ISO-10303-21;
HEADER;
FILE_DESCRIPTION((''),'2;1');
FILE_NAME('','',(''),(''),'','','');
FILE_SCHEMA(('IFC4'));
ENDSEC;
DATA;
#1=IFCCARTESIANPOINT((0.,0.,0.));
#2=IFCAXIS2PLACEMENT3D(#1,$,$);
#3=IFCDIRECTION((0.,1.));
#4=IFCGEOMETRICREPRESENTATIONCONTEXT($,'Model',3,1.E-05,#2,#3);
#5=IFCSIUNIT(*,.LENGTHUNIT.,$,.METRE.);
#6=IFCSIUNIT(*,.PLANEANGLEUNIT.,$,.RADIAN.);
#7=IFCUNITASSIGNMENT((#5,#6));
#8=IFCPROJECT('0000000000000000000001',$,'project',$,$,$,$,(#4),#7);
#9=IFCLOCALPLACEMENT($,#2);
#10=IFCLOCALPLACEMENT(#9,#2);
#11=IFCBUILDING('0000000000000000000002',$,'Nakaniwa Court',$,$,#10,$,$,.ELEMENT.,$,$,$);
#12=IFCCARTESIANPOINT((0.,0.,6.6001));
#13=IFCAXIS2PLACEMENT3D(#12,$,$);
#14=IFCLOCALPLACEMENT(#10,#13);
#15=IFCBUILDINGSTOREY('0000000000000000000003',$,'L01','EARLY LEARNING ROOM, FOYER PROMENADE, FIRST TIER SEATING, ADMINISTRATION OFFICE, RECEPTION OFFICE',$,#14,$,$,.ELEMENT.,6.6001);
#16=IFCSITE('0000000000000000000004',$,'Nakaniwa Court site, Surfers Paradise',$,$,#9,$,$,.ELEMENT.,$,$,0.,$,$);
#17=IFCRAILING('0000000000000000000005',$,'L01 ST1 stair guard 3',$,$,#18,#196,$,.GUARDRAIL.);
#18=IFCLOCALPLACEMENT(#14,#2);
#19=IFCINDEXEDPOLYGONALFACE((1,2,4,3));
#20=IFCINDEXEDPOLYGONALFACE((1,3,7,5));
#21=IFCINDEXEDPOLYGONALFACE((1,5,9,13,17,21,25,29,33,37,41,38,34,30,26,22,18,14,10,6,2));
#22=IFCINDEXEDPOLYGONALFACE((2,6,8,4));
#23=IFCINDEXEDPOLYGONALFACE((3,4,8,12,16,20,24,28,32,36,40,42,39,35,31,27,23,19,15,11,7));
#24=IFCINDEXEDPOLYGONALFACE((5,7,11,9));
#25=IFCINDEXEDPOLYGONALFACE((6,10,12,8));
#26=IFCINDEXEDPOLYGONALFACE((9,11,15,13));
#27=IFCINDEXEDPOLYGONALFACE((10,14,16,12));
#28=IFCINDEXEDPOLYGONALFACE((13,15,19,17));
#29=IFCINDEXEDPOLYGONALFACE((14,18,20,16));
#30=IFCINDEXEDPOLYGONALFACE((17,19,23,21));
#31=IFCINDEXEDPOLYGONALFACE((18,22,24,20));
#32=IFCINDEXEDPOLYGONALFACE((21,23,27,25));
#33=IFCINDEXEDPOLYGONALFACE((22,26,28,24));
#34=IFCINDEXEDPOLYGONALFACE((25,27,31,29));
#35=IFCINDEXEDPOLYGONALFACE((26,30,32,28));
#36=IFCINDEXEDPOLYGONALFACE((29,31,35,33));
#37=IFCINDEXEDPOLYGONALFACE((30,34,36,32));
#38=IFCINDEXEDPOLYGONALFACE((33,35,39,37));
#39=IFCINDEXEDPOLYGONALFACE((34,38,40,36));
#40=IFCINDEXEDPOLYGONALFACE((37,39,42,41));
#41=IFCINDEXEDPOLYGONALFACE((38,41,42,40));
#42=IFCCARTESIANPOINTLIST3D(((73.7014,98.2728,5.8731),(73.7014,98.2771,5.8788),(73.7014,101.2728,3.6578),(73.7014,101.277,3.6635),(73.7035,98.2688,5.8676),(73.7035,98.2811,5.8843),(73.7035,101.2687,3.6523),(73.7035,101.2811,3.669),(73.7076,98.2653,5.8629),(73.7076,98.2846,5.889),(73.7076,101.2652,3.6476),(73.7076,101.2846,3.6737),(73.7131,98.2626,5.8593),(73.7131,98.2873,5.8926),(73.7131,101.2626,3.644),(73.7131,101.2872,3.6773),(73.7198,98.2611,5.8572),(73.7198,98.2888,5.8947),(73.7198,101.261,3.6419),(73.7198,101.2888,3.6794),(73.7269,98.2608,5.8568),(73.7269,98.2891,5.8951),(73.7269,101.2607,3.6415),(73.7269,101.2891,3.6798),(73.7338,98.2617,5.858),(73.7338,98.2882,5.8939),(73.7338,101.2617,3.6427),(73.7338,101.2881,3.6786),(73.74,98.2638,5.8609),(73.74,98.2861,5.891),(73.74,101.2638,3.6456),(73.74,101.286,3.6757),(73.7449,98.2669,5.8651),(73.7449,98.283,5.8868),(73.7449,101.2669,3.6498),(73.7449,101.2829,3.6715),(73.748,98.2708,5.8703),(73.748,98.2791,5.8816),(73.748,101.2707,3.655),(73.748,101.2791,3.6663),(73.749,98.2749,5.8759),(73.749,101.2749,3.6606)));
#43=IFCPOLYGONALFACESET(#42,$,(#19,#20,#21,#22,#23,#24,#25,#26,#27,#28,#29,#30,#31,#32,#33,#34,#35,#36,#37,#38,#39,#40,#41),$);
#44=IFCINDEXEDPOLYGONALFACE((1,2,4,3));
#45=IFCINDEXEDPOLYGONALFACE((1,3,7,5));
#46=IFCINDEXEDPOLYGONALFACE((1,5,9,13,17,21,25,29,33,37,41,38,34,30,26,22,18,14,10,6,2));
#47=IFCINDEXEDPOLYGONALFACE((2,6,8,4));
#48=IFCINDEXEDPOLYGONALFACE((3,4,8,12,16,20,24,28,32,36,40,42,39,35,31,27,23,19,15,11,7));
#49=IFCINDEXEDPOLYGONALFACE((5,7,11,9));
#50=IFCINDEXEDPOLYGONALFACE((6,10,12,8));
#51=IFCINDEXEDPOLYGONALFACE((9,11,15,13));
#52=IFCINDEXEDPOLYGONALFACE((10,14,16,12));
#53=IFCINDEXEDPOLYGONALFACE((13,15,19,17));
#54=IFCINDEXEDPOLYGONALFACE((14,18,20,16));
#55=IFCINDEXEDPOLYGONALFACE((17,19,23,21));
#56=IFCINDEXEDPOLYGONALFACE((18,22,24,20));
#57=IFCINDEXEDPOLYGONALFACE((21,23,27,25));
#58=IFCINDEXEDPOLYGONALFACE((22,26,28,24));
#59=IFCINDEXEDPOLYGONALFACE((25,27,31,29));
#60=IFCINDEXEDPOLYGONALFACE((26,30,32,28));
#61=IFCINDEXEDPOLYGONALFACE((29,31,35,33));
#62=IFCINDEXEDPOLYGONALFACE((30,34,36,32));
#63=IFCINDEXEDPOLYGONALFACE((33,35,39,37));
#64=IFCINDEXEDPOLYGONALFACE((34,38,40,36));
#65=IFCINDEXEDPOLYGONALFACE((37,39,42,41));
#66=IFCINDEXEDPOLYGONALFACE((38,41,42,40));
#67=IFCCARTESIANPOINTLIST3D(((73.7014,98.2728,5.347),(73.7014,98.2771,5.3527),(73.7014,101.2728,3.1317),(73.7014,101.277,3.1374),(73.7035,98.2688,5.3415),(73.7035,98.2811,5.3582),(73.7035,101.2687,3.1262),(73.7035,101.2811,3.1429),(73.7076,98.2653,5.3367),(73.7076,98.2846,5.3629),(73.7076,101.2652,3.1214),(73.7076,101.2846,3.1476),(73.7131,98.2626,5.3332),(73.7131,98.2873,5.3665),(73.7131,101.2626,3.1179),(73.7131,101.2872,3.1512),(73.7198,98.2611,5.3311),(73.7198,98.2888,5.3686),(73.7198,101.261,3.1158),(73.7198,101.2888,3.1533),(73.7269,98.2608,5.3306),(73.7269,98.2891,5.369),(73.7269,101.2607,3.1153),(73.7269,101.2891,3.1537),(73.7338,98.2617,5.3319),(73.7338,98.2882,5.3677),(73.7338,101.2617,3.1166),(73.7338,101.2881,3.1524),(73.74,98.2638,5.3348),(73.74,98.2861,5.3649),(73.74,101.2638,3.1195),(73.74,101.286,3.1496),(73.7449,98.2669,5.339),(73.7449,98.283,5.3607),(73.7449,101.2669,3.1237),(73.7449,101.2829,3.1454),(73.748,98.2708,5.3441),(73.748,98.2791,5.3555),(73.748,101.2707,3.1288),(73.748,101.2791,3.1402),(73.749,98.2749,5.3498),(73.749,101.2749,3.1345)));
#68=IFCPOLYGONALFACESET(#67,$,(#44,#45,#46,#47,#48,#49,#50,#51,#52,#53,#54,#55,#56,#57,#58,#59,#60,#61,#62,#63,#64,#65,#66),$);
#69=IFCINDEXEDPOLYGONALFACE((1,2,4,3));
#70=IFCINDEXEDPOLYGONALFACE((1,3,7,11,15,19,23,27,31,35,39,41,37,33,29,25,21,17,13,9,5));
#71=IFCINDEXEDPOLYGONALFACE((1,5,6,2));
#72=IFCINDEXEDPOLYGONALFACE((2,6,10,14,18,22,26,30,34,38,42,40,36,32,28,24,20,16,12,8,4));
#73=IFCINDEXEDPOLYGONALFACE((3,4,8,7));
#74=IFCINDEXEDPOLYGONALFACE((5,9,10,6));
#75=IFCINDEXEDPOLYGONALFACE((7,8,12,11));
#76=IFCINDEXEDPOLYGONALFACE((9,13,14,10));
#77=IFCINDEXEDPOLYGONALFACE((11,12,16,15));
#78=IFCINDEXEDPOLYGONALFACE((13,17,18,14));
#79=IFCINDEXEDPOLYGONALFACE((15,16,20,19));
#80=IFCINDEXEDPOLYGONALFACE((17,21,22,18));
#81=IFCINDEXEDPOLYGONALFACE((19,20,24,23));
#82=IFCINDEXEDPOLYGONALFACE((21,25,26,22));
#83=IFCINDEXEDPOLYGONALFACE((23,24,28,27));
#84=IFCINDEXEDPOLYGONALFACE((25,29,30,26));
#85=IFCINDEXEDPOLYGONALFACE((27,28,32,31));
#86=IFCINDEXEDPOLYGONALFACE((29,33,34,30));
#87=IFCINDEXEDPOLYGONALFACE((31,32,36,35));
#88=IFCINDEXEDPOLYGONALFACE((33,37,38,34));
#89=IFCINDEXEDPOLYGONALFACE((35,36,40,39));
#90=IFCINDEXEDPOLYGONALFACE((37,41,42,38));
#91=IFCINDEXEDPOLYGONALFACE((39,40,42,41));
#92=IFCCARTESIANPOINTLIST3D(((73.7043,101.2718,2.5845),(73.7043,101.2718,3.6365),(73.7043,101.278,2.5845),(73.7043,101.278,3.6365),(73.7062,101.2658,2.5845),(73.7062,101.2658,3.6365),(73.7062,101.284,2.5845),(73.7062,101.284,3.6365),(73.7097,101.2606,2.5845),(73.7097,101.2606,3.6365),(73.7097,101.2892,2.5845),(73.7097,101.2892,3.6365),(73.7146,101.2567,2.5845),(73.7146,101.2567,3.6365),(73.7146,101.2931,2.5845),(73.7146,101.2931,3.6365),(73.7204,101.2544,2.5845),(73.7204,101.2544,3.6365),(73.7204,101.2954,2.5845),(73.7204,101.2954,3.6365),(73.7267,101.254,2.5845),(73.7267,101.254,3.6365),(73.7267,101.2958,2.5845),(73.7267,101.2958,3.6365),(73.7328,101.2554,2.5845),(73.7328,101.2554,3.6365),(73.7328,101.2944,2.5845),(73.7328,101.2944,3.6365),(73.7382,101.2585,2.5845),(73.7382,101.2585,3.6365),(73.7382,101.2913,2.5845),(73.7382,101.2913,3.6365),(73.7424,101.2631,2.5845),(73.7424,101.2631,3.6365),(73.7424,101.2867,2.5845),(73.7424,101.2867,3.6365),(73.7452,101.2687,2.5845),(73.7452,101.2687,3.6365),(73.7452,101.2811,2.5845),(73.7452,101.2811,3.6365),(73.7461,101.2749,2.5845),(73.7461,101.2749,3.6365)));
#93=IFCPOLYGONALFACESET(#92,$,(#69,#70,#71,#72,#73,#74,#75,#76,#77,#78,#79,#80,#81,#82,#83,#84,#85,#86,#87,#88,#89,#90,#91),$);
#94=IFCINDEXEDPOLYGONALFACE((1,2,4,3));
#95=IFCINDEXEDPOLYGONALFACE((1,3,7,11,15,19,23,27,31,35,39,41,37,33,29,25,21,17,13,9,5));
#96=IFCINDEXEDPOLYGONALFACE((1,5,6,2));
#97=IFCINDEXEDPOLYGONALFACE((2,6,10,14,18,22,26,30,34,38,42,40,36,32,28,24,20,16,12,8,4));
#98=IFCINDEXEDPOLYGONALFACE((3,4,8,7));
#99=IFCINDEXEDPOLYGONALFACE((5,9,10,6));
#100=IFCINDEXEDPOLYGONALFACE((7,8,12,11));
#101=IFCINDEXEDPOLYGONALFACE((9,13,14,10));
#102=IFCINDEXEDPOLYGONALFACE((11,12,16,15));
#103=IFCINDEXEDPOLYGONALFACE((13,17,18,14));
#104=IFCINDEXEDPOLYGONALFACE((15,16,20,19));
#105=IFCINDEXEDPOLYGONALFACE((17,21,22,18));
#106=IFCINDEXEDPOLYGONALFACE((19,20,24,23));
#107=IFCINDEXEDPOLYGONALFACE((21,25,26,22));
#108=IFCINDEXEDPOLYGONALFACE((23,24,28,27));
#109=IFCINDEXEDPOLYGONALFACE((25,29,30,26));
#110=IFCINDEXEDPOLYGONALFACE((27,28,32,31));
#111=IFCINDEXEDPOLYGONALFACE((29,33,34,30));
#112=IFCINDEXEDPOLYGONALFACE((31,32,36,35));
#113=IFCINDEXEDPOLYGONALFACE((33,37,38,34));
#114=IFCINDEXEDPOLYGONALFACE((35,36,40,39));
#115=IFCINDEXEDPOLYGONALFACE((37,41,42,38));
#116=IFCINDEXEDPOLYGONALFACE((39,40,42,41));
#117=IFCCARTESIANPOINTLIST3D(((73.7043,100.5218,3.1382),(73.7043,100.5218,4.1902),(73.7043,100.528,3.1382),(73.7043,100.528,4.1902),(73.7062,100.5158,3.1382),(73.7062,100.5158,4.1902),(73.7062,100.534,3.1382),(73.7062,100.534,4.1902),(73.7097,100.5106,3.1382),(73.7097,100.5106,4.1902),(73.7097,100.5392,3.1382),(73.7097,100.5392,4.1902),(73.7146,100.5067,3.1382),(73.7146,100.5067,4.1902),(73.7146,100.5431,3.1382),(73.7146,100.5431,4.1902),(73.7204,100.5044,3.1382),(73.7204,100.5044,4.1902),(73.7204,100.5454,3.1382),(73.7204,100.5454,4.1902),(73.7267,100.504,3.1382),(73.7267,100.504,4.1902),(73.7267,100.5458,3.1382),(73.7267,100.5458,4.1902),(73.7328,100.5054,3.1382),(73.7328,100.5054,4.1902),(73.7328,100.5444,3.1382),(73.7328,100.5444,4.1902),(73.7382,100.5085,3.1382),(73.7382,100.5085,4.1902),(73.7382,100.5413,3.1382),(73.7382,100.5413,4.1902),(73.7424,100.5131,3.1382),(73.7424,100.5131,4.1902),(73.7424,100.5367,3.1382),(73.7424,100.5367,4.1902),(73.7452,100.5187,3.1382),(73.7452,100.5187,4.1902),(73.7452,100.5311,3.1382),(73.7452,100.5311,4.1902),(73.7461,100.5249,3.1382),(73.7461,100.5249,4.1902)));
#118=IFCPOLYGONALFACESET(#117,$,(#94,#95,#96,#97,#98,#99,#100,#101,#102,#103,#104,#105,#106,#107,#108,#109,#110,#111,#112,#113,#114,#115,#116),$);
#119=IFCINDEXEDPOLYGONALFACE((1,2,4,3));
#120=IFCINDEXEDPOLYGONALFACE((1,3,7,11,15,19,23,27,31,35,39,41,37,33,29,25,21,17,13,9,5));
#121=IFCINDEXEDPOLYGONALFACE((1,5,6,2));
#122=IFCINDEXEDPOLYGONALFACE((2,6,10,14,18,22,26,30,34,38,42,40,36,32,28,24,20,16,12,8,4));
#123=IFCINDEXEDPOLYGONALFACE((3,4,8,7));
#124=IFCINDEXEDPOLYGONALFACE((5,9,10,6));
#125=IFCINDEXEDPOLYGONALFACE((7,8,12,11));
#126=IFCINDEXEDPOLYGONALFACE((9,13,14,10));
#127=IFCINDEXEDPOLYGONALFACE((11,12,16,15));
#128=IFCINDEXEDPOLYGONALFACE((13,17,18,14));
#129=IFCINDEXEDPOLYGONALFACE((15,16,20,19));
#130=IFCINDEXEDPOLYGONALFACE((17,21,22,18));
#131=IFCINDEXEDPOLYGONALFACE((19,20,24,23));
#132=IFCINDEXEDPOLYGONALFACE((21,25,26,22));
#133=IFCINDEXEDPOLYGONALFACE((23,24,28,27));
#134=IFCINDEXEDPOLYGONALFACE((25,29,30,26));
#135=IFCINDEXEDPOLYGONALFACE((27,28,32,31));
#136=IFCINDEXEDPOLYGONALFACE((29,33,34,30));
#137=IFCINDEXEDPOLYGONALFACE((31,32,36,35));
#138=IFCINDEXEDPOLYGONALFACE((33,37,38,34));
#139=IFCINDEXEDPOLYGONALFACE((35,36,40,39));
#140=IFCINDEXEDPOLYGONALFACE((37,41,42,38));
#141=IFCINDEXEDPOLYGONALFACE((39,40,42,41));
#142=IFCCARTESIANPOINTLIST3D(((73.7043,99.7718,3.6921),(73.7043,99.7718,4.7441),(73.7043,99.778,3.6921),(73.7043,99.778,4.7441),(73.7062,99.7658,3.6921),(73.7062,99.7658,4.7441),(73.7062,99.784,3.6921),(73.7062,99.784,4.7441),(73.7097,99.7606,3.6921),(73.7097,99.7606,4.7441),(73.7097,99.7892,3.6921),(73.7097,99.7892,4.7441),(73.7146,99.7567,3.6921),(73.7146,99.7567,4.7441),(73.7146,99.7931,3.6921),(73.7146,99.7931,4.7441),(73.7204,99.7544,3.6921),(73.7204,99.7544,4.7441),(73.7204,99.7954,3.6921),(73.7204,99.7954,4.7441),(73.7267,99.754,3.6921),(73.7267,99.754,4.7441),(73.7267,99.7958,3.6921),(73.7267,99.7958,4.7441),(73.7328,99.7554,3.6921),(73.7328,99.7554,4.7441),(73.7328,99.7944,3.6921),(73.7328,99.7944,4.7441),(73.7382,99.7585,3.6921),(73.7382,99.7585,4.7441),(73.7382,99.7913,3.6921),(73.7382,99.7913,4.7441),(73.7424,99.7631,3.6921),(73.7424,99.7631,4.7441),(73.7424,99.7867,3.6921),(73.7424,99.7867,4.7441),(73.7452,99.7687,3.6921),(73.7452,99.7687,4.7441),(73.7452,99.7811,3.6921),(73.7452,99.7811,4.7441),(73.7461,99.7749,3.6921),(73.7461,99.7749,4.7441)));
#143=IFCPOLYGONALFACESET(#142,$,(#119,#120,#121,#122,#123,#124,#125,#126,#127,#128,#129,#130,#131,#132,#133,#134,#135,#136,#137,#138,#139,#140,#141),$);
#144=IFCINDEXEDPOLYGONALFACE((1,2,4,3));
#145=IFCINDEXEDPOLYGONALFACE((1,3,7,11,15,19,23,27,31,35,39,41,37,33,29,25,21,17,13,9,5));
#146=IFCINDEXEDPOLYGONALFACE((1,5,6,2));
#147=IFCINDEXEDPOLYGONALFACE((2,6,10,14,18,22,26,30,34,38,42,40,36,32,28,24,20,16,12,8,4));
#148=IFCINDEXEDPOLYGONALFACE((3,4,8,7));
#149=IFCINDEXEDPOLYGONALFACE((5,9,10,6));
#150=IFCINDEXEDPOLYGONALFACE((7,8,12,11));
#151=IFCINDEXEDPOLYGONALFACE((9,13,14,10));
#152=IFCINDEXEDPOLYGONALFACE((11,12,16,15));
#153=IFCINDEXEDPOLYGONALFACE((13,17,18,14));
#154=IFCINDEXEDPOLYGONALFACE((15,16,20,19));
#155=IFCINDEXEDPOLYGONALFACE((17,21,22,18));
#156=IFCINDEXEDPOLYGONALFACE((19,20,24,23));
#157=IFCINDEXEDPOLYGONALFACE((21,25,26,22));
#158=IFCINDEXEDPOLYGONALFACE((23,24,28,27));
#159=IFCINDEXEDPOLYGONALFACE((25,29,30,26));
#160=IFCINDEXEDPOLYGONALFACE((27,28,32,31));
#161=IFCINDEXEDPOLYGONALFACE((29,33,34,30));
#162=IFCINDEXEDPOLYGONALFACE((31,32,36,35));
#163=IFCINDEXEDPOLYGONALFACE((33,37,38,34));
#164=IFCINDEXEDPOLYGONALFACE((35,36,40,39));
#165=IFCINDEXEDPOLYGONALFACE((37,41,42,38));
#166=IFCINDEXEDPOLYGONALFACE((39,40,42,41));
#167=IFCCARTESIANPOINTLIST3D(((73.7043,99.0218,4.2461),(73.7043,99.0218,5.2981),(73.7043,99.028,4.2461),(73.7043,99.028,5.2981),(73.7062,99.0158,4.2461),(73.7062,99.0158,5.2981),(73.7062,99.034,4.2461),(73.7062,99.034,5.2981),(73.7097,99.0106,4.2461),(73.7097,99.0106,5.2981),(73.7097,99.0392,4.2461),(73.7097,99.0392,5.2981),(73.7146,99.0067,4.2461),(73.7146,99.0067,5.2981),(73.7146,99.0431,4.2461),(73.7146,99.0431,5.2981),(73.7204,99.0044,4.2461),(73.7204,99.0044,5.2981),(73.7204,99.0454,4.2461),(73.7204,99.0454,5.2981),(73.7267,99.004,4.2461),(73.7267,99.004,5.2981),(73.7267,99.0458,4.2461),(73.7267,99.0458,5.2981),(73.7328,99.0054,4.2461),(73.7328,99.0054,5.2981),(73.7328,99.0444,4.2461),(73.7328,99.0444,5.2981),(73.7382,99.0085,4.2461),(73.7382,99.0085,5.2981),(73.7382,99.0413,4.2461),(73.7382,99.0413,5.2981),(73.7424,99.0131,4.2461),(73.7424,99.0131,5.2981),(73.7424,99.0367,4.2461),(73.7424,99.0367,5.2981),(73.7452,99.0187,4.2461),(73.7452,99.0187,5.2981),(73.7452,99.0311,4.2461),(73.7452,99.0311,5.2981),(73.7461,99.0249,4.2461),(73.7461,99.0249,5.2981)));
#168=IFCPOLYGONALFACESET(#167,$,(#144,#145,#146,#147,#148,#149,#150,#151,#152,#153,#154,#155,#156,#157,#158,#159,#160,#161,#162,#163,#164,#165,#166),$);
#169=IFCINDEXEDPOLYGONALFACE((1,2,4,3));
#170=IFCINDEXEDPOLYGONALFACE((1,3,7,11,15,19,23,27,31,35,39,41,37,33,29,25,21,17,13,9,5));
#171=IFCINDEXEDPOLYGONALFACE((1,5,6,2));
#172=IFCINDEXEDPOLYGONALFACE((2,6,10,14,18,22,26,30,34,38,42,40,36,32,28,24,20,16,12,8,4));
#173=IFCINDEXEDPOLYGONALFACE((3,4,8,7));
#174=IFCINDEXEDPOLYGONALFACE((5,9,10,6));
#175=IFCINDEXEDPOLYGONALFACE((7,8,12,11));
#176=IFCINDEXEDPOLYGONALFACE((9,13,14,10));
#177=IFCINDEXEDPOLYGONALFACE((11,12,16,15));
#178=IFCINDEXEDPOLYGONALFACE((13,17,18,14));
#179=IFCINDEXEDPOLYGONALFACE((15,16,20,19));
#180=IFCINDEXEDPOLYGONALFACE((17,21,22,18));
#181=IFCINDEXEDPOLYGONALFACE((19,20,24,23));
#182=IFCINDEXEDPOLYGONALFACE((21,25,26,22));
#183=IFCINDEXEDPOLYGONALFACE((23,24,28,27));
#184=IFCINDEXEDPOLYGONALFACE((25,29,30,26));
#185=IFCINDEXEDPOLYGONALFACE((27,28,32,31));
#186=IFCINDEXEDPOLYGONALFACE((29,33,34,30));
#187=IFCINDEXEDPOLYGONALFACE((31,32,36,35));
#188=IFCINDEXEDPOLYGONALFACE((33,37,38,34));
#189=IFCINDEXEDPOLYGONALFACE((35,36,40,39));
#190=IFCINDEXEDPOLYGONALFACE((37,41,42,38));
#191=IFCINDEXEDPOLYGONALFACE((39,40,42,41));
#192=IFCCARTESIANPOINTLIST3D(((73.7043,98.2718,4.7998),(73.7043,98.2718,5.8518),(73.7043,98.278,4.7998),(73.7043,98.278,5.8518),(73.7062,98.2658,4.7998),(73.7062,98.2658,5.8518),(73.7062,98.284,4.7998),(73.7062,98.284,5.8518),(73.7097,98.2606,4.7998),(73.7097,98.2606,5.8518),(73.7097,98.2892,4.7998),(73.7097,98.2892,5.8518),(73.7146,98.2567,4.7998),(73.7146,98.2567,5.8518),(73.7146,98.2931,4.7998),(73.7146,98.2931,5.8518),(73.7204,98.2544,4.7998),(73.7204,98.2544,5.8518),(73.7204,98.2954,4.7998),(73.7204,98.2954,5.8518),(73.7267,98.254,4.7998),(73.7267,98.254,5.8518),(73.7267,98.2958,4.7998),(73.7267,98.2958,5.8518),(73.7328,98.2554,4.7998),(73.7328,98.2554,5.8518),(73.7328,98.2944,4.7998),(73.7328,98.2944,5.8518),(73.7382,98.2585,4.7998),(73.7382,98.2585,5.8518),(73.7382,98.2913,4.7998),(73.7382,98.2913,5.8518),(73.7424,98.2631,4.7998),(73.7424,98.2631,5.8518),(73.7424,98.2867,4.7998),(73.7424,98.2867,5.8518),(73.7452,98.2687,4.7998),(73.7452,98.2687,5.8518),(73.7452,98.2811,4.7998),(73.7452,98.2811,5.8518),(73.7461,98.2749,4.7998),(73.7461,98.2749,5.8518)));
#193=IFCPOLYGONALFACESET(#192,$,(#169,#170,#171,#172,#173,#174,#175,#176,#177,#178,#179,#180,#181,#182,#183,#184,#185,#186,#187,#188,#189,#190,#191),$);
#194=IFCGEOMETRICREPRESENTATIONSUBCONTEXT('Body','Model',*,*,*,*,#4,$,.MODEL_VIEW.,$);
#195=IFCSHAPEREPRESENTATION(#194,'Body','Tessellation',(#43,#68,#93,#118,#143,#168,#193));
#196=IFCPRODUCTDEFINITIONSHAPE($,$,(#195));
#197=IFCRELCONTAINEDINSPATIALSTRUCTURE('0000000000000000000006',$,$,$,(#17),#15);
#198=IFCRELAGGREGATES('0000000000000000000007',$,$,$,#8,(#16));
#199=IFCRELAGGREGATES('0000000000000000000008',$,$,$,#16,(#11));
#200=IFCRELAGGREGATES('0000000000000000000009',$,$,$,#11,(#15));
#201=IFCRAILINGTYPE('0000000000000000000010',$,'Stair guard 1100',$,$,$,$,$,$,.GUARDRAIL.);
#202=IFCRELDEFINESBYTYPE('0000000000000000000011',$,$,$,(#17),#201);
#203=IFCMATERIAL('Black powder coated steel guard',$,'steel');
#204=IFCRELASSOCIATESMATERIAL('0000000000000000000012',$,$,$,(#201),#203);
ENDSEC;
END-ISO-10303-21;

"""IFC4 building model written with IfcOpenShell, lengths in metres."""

from ifc_helpers import new_model, si_unit, direction, frame, origin, origin_2d, place, context, subcontext, project, spatial, circle, extrude, material, type_object, element, save


model = new_model("IFC4")

# Units and contexts
model_context = context("Model", 3, precision=1e-05, world=origin(), true_north=direction((0.0, 1.0)))
body_context = subcontext(model_context, "Body", "Model", "MODEL_VIEW")
ifc_project = project(units=[si_unit("LENGTHUNIT", "METRE"), si_unit("PLANEANGLEUNIT", "RADIAN")], contexts=[model_context])

# Site, building, storey
site_placement = place(None, origin())
site = spatial("IfcSite", under=ifc_project, at=site_placement, Name="Nakaniwa Court site, Surfers Paradise", CompositionType="ELEMENT", RefElevation=0.0)
building_placement = place(site_placement, origin())
building = spatial("IfcBuilding", under=site, at=building_placement, Name="Nakaniwa Court", CompositionType="ELEMENT")
storey_placement = place(building_placement, frame((0.0, 0.0, 6.6001)))
storey = spatial("IfcBuildingStorey", under=building, at=storey_placement, Name="L01", Description="EARLY LEARNING ROOM, FOYER PROMENADE, FIRST TIER SEATING, ADMINISTRATION OFFICE, RECEPTION OFFICE", CompositionType="ELEMENT", Elevation=6.6001)

# Railing
ifc_material_1 = material(Name="Black powder coated steel guard", Category="steel")
railing_type_1 = type_object("IfcRailingType", Name="Stair guard 1100", PredefinedType="GUARDRAIL", material=ifc_material_1)
railing_1_placement = place(storey_placement, frame((73.7251, 101.2749, 2.5845)))
element("IfcRailing", 1, at=railing_1_placement, inside=storey, type_object=railing_type_1, Name="L01 ST1 stair guard 3", PredefinedType="GUARDRAIL", context=body_context, shape_type="SweptSolid", body=[
    extrude(circle(Radius=0.0239, at=origin_2d()), frame((0.0, 0.0, 1.0762), z_axis=(0.0, -0.80444, 0.594034), x_axis=(1.0, 0.0, 0.0)), (0.0, 0.0, 1.0), 3.7292),
    extrude(circle(Radius=0.0239, at=origin_2d()), frame((0.0, 0.0, 0.55), z_axis=(0.0, -0.80444, 0.594034), x_axis=(1.0, 0.0, 0.0)), (0.0, 0.0, 1.0), 3.7292),
    extrude(circle(Radius=0.021, at=origin_2d()), origin(), (0.0, 0.0, 1.0), 1.052),
    extrude(circle(Radius=0.021, at=origin_2d()), frame((0.0, -0.75, 0.5537)), (0.0, 0.0, 1.0), 1.052),
    extrude(circle(Radius=0.021, at=origin_2d()), frame((0.0, -1.5, 1.1077)), (0.0, 0.0, 1.0), 1.052),
    extrude(circle(Radius=0.021, at=origin_2d()), frame((0.0, -2.25, 1.6616)), (0.0, 0.0, 1.0), 1.052),
    extrude(circle(Radius=0.021, at=origin_2d()), frame((0.0, -3.0, 2.2153)), (0.0, 0.0, 1.0), 1.052),
])

save(model, "model.ifc")
